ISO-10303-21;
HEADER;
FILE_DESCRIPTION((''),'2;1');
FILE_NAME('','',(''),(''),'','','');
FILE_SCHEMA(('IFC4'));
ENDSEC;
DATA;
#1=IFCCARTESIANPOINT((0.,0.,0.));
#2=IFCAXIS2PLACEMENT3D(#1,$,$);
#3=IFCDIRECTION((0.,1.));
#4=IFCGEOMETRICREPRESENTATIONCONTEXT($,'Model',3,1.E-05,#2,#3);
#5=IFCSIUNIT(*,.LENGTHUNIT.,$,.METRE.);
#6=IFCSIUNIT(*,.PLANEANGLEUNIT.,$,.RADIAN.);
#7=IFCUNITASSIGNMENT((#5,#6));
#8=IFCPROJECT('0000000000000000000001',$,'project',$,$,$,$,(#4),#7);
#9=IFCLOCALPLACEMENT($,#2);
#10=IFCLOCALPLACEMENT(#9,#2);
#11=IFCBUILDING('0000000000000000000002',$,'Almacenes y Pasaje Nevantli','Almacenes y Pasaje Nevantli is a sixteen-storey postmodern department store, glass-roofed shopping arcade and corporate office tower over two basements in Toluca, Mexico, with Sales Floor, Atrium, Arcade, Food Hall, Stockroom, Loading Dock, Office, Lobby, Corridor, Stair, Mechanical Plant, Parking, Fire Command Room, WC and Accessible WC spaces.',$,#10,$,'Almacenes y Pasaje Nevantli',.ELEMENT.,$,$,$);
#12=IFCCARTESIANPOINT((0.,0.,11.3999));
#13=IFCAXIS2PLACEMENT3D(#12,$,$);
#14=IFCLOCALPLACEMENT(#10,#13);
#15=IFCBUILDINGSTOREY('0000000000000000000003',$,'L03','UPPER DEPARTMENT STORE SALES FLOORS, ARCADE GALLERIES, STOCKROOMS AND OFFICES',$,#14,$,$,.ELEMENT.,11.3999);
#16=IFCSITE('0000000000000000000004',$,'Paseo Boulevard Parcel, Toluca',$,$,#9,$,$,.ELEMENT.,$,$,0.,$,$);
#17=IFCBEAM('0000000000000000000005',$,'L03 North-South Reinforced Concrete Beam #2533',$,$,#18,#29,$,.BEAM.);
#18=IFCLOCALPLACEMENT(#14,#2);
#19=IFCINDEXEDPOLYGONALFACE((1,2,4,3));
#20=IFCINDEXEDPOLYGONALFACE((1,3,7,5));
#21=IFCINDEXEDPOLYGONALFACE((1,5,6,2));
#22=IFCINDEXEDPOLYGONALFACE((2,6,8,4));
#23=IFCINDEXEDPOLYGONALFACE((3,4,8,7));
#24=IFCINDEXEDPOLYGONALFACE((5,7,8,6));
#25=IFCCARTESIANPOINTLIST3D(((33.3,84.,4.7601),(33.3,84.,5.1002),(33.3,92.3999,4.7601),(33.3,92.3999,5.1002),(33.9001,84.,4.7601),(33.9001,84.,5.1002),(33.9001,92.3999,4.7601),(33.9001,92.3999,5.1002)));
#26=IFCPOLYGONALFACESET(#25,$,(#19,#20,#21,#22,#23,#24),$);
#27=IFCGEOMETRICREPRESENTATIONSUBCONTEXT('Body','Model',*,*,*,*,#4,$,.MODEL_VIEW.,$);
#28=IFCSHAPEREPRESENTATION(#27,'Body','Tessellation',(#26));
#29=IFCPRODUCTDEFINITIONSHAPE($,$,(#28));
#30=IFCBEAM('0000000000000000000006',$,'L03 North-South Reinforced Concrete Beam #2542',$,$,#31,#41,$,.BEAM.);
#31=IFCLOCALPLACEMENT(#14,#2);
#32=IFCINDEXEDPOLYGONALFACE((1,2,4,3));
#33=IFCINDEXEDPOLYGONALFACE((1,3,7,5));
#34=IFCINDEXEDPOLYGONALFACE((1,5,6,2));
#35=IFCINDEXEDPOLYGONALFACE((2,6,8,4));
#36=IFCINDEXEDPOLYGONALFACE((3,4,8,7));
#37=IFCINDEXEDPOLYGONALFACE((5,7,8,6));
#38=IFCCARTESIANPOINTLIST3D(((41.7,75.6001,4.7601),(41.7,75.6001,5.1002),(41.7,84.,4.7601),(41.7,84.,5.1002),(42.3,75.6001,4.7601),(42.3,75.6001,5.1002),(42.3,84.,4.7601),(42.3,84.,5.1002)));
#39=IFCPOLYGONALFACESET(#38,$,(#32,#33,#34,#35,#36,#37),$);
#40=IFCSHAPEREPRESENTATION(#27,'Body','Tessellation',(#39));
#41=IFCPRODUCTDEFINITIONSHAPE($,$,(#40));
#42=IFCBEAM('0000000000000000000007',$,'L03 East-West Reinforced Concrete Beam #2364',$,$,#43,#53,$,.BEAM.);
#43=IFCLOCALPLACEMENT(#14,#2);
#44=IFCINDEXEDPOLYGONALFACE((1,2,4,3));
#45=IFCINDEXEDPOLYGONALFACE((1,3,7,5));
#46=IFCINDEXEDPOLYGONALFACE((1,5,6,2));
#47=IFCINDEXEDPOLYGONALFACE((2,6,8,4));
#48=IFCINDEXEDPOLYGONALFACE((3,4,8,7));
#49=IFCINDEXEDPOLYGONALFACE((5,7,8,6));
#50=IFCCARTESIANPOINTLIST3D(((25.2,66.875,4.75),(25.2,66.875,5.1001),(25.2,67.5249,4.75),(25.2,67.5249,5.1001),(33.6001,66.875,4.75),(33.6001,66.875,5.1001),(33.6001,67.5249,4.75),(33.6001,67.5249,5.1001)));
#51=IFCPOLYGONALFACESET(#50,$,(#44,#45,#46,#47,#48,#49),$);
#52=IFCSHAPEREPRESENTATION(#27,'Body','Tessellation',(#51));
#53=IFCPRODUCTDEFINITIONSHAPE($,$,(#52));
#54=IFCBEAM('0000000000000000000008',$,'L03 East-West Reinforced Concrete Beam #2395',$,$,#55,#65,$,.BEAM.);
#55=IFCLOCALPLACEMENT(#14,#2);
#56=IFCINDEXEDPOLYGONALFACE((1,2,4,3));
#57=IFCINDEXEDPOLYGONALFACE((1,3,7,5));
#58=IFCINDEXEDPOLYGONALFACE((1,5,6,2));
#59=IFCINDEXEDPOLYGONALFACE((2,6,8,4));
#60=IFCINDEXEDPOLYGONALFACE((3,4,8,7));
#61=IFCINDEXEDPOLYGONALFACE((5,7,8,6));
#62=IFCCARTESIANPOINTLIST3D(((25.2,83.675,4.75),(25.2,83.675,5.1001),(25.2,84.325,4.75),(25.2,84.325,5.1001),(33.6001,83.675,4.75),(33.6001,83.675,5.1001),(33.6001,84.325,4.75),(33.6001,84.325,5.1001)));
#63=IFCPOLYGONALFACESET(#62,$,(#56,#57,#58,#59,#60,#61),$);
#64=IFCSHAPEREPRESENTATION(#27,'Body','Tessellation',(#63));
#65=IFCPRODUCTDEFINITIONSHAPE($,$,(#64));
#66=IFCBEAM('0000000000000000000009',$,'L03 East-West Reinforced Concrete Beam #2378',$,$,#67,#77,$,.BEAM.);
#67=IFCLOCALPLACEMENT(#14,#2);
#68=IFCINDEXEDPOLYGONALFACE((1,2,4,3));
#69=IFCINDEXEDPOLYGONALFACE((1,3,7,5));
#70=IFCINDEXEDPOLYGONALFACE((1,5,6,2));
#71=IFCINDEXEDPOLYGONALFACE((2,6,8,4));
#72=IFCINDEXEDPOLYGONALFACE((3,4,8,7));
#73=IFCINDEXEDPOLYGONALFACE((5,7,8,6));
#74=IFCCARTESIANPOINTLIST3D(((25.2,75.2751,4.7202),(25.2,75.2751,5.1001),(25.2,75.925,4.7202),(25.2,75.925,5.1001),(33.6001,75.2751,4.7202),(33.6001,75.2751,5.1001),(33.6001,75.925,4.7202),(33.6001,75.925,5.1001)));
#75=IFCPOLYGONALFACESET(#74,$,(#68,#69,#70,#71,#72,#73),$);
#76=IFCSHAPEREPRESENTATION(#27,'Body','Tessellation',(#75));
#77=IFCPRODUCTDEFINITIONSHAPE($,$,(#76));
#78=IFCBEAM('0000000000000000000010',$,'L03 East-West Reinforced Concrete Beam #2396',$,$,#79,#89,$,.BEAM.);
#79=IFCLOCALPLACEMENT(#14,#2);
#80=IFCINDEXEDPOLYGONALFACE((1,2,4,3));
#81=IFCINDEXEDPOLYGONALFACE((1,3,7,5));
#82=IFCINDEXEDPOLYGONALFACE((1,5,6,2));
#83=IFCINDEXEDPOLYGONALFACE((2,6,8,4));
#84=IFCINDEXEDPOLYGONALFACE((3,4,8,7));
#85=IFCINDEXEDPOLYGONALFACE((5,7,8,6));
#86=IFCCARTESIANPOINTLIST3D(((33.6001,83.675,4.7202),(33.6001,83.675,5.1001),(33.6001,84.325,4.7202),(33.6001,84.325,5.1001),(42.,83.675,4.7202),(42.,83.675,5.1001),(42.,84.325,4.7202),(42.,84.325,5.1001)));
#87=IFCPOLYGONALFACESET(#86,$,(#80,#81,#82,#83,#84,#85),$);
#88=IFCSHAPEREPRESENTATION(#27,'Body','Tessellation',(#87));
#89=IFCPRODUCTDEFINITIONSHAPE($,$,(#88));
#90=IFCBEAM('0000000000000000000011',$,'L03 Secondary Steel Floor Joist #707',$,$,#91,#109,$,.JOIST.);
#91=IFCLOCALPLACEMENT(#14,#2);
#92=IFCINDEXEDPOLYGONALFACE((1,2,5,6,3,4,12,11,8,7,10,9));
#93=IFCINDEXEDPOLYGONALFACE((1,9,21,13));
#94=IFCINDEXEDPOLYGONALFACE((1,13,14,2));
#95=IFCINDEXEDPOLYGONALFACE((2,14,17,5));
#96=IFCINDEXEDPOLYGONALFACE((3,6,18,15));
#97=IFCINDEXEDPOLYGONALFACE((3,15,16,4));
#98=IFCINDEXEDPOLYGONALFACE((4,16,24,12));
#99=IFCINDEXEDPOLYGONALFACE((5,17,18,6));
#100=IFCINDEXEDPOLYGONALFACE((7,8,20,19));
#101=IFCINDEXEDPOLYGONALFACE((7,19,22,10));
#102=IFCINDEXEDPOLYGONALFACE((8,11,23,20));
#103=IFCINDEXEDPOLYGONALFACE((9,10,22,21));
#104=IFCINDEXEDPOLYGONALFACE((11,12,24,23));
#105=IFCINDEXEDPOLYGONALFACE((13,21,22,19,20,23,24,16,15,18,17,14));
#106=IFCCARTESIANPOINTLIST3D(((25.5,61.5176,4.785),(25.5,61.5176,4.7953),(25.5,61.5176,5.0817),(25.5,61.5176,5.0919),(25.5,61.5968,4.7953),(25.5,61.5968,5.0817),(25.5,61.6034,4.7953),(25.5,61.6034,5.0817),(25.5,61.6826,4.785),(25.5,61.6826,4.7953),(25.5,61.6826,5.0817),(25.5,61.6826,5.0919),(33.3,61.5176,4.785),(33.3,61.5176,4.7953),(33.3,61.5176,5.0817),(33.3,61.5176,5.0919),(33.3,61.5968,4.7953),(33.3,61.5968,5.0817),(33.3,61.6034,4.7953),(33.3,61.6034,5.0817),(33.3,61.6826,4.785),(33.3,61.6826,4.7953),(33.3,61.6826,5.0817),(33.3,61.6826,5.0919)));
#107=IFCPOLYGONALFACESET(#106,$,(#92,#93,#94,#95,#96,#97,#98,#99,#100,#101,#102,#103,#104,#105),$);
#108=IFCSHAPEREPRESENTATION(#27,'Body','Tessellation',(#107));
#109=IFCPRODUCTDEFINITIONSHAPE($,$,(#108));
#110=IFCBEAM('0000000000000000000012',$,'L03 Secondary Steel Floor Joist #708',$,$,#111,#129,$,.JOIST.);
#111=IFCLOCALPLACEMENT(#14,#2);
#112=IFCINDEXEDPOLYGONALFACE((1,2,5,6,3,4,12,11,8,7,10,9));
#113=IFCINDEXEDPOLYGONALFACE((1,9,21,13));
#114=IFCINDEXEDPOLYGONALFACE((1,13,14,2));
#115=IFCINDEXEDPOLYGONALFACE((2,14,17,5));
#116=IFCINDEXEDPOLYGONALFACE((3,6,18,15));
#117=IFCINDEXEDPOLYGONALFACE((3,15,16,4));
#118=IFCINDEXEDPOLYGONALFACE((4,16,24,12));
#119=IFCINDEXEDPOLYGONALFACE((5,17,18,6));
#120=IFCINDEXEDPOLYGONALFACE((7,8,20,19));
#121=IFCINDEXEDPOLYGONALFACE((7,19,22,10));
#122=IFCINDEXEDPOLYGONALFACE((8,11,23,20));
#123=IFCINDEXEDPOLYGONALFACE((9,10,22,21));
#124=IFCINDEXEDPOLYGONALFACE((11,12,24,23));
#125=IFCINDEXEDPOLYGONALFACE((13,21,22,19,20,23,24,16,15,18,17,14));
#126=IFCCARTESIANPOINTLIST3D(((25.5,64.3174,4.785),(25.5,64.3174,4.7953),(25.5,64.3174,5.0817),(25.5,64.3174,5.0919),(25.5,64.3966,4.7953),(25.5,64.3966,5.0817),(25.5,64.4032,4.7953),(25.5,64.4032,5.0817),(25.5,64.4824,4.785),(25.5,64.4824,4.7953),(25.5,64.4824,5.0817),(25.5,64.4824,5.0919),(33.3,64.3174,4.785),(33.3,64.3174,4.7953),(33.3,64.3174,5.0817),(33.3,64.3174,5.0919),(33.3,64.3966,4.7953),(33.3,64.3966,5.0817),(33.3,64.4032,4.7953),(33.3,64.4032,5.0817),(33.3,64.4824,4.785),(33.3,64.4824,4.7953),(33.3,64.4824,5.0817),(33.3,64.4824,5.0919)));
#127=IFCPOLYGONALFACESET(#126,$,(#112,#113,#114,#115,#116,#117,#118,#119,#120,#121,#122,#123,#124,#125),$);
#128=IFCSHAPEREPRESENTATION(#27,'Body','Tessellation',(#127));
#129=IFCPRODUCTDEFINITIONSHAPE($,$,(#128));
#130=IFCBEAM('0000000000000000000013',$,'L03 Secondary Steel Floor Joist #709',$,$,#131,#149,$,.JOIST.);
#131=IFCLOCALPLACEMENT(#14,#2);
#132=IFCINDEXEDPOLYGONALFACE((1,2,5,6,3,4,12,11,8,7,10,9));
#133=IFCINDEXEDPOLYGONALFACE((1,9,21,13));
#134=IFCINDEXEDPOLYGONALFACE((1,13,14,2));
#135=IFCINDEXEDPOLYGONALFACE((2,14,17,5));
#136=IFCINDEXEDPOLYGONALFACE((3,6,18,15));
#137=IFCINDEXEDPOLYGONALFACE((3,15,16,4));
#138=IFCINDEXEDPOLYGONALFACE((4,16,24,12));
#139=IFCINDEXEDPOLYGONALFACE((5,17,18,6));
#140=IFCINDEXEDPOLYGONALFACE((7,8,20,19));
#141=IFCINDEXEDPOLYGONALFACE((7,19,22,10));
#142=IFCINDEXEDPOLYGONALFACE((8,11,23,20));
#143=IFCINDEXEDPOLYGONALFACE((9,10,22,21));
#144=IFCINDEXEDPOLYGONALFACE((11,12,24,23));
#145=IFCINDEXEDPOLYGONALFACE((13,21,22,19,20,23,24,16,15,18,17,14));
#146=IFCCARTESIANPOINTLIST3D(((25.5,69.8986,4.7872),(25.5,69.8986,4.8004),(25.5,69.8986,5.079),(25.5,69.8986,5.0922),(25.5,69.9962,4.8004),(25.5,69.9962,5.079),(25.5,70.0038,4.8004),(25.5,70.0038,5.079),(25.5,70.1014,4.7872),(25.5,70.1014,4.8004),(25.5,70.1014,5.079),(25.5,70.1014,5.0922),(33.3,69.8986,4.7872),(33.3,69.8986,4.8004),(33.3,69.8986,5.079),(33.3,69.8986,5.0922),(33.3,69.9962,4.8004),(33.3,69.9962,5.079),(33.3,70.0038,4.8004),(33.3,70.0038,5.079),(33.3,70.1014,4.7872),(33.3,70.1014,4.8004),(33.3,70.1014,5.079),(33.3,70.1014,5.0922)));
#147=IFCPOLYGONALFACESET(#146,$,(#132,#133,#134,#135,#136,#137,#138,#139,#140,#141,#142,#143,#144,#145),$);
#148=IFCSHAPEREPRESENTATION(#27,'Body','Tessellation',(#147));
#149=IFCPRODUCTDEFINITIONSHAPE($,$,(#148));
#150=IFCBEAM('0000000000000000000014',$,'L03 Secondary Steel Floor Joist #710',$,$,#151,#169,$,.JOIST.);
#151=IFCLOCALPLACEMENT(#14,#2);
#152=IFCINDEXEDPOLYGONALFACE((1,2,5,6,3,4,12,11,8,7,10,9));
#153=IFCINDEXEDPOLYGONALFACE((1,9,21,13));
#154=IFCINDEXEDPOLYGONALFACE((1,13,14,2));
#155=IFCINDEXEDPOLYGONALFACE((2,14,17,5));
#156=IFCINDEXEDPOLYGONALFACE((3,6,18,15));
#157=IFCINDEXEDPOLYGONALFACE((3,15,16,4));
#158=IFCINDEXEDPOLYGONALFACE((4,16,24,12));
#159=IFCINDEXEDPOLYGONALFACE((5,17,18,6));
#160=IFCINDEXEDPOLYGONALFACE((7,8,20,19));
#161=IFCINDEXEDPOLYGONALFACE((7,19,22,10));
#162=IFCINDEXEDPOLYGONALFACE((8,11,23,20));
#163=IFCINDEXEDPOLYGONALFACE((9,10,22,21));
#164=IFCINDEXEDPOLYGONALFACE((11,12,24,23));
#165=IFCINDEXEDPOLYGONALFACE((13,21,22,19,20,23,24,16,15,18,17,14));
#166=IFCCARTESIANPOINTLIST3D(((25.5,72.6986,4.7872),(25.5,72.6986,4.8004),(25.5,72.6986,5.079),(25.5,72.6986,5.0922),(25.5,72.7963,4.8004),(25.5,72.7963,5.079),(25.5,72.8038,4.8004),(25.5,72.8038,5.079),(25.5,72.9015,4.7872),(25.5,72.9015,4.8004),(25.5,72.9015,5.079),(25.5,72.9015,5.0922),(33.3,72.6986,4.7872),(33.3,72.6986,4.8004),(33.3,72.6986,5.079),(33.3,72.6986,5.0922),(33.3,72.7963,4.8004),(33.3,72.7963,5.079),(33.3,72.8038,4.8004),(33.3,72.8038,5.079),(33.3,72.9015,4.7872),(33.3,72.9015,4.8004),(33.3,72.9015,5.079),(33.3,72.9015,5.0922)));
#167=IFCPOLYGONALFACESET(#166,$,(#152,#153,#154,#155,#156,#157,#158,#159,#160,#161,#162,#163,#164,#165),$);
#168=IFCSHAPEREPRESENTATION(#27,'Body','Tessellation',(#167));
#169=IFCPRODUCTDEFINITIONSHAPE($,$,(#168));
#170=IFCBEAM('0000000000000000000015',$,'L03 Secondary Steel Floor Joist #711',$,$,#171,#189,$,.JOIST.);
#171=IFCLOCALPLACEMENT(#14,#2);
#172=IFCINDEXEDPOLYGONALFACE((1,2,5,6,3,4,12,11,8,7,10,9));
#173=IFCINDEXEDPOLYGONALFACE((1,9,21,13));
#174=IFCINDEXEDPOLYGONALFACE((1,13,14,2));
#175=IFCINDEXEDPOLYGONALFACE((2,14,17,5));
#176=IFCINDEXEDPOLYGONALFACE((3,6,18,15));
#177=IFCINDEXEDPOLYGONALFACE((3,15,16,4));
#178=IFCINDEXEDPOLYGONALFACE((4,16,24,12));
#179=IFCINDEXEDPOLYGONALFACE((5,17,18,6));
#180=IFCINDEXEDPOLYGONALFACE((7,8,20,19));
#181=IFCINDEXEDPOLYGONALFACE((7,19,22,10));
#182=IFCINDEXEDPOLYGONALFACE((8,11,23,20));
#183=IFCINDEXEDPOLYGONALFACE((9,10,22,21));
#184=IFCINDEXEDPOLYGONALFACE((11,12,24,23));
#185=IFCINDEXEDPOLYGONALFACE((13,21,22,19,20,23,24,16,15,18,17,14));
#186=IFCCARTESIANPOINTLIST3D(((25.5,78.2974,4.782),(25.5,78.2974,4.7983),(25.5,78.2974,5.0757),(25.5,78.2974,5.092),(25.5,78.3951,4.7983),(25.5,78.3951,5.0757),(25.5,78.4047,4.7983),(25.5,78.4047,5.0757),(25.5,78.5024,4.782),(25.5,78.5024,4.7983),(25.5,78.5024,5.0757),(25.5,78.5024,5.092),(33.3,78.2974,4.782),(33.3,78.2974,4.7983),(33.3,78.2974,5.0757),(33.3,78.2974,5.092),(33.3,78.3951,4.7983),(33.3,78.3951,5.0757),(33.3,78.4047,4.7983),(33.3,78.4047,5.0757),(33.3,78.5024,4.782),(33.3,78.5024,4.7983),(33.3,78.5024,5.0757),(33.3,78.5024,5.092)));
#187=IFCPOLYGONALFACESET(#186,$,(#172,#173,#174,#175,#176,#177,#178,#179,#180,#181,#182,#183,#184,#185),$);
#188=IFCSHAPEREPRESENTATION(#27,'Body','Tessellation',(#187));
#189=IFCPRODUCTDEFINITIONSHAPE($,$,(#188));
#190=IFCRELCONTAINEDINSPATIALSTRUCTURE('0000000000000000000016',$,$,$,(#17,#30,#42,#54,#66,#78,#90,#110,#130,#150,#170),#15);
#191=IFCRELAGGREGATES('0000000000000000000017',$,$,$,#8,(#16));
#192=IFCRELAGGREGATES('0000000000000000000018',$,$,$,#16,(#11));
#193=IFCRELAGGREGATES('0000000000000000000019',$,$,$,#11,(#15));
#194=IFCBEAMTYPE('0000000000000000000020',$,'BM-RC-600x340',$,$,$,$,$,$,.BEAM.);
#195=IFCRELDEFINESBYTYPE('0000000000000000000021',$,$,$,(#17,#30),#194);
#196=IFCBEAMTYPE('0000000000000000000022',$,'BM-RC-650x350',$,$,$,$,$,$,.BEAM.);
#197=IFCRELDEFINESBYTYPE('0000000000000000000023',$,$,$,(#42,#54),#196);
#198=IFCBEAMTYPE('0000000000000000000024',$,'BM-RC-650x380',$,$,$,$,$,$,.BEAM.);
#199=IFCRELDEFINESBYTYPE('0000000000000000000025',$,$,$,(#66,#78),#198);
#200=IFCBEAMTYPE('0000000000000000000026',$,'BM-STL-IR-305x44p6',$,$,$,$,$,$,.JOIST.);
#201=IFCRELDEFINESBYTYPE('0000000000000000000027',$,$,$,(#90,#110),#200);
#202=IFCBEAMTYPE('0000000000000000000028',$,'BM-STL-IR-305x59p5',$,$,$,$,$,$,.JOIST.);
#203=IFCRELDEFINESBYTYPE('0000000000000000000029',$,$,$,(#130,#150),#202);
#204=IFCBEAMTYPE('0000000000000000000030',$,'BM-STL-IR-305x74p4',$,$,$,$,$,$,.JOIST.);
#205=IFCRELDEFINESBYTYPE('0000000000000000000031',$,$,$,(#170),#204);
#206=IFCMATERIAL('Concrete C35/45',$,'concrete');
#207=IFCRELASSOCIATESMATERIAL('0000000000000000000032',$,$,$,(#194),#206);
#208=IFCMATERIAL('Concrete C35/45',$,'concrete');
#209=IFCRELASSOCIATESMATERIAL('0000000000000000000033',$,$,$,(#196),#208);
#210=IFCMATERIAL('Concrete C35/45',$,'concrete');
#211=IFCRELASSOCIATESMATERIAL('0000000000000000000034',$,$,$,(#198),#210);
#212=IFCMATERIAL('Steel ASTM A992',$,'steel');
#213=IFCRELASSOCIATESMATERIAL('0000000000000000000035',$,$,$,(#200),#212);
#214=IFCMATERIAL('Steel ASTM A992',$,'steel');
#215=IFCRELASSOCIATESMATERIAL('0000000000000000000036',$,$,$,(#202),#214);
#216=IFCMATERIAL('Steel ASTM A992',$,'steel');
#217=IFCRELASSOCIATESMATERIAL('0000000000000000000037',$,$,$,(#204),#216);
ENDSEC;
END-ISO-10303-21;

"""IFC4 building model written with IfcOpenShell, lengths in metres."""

from ifc_helpers import new_model, si_unit, direction, frame, origin, origin_2d, place, context, subcontext, project, spatial, rectangle, i_section, extrude, material, material_profile, profile_set, type_object, element, save


model = new_model("IFC4")

# Units and contexts
model_context = context("Model", 3, precision=1e-05, world=origin(), true_north=direction((0.0, 1.0)))
body_context = subcontext(model_context, "Body", "Model", "MODEL_VIEW")
ifc_project = project(units=[si_unit("LENGTHUNIT", "METRE"), si_unit("PLANEANGLEUNIT", "RADIAN")], contexts=[model_context])

# Site, building, storey
site_placement = place(None, origin())
site = spatial("IfcSite", under=ifc_project, at=site_placement, Name="Paseo Boulevard Parcel, Toluca", CompositionType="ELEMENT", RefElevation=0.0)
building_placement = place(site_placement, origin())
building = spatial("IfcBuilding", under=site, at=building_placement, Name="Almacenes y Pasaje Nevantli", Description="Almacenes y Pasaje Nevantli is a sixteen-storey postmodern department store, glass-roofed shopping arcade and corporate office tower over two basements in Toluca, Mexico, with Sales Floor, Atrium, Arcade, Food Hall, Stockroom, Loading Dock, Office, Lobby, Corridor, Stair, Mechanical Plant, Parking, Fire Command Room, WC and Accessible WC spaces.", LongName="Almacenes y Pasaje Nevantli", CompositionType="ELEMENT")
storey_placement = place(building_placement, frame((0.0, 0.0, 11.3999)))
storey = spatial("IfcBuildingStorey", under=building, at=storey_placement, Name="L03", Description="UPPER DEPARTMENT STORE SALES FLOORS, ARCADE GALLERIES, STOCKROOMS AND OFFICES", CompositionType="ELEMENT", Elevation=11.3999)

# Beams
ifc_material_1 = material(Name="Concrete C35/45", Category="concrete")
ifc_material_profile_1 = material_profile(ifc_material_1, rectangle(XDim=0.6001, YDim=0.3401, at=origin_2d()), Name="RC-BM-600x340")
ifc_profile_set_1 = profile_set([ifc_material_profile_1], Name="Concrete C35/45")
beam_type_1 = type_object("IfcBeamType", Name="BM-RC-600x340", PredefinedType="BEAM", material=ifc_profile_set_1)
for number, where, z_axis, x_axis, name in (
    (1, (33.6001, 84.0, 4.9302), (0.0, 1.0, 0.0), (-1.0, 0.0, 0.0), "L03 North-South Reinforced Concrete Beam #2533"),
    (2, (42.0, 75.6001, 4.9302), (0.0, 1.0, 0.0), (-1.0, 0.0, 0.0), "L03 North-South Reinforced Concrete Beam #2542"),
):
    element("IfcBeam", number, at=place(storey_placement, frame(where, z_axis=z_axis, x_axis=x_axis)), inside=storey, type_object=beam_type_1, Name=name, PredefinedType="BEAM", context=body_context, shape_type="SweptSolid", body=[
        extrude(rectangle(XDim=0.6001, YDim=0.3401, at=origin_2d()), origin(), (0.0, 0.0, 1.0), 8.3999),
    ])
ifc_material_2 = material(Name="Concrete C35/45", Category="concrete")
ifc_material_profile_2 = material_profile(ifc_material_2, rectangle(XDim=0.6499, YDim=0.3501, at=origin_2d()), Name="RC-BM-650x350")
ifc_profile_set_2 = profile_set([ifc_material_profile_2], Name="Concrete C35/45")
beam_type_2 = type_object("IfcBeamType", Name="BM-RC-650x350", PredefinedType="BEAM", material=ifc_profile_set_2)
for number, where, z_axis, x_axis, name in (
    (3, (25.2, 67.2, 4.925), (1.0, 0.0, 0.0), (0.0, 1.0, 0.0), "L03 East-West Reinforced Concrete Beam #2364"),
    (4, (25.2, 84.0, 4.925), (1.0, 0.0, 0.0), (0.0, 1.0, 0.0), "L03 East-West Reinforced Concrete Beam #2395"),
):
    element("IfcBeam", number, at=place(storey_placement, frame(where, z_axis=z_axis, x_axis=x_axis)), inside=storey, type_object=beam_type_2, Name=name, PredefinedType="BEAM", context=body_context, shape_type="SweptSolid", body=[
        extrude(rectangle(XDim=0.6499, YDim=0.3501, at=origin_2d()), origin(), (0.0, 0.0, 1.0), 8.4001),
    ])
ifc_material_3 = material(Name="Concrete C35/45", Category="concrete")
ifc_material_profile_3 = material_profile(ifc_material_3, rectangle(XDim=0.6499, YDim=0.3799, at=origin_2d()), Name="RC-BM-650x380")
ifc_profile_set_3 = profile_set([ifc_material_profile_3], Name="Concrete C35/45")
beam_type_3 = type_object("IfcBeamType", Name="BM-RC-650x380", PredefinedType="BEAM", material=ifc_profile_set_3)
beam_1_placement = place(storey_placement, frame((25.2, 75.6001, 4.9102), z_axis=(1.0, 0.0, 0.0), x_axis=(0.0, 1.0, 0.0)))
element("IfcBeam", 5, at=beam_1_placement, inside=storey, type_object=beam_type_3, Name="L03 East-West Reinforced Concrete Beam #2378", PredefinedType="BEAM", context=body_context, shape_type="SweptSolid", body=[
    extrude(rectangle(XDim=0.6499, YDim=0.3799, at=origin_2d()), origin(), (0.0, 0.0, 1.0), 8.4001),
])
beam_2_placement = place(storey_placement, frame((33.6001, 84.0, 4.9102), z_axis=(1.0, 0.0, 0.0), x_axis=(0.0, 1.0, 0.0)))
element("IfcBeam", 6, at=beam_2_placement, inside=storey, type_object=beam_type_3, Name="L03 East-West Reinforced Concrete Beam #2396", PredefinedType="BEAM", context=body_context, shape_type="SweptSolid", body=[
    extrude(rectangle(XDim=0.6499, YDim=0.3799, at=origin_2d()), origin(), (0.0, 0.0, 1.0), 8.3999),
])
ifc_material_4 = material(Name="Steel ASTM A992", Category="steel")
ifc_material_profile_4 = material_profile(ifc_material_4, i_section(OverallWidth=0.165, OverallDepth=0.3069, WebThickness=0.0066, FlangeThickness=0.0103, at=origin_2d()), Name="IR 305x44.6")
ifc_profile_set_4 = profile_set([ifc_material_profile_4], Name="Steel ASTM A992")
beam_type_4 = type_object("IfcBeamType", Name="BM-STL-IR-305x44p6", PredefinedType="JOIST", material=ifc_profile_set_4)
for number, where, z_axis, x_axis, name in (
    (7, (25.5, 61.6001, 4.9385), (1.0, 0.0, 0.0), (0.0, 1.0, 0.0), "L03 Secondary Steel Floor Joist #707"),
    (8, (25.5, 64.3999, 4.9385), (1.0, 0.0, 0.0), (0.0, 1.0, 0.0), "L03 Secondary Steel Floor Joist #708"),
):
    element("IfcBeam", number, at=place(storey_placement, frame(where, z_axis=z_axis, x_axis=x_axis)), inside=storey, type_object=beam_type_4, Name=name, PredefinedType="JOIST", context=body_context, shape_type="SweptSolid", body=[
        extrude(i_section(OverallWidth=0.165, OverallDepth=0.3069, WebThickness=0.0066, FlangeThickness=0.0103, at=origin_2d()), origin(), (0.0, 0.0, 1.0), 7.8),
    ])
ifc_material_5 = material(Name="Steel ASTM A992", Category="steel")
ifc_material_profile_5 = material_profile(ifc_material_5, i_section(OverallWidth=0.2029, OverallDepth=0.3049, WebThickness=0.0076, FlangeThickness=0.0132, at=origin_2d()), Name="IR 305x59.5")
ifc_profile_set_5 = profile_set([ifc_material_profile_5], Name="Steel ASTM A992")
beam_type_5 = type_object("IfcBeamType", Name="BM-STL-IR-305x59p5", PredefinedType="JOIST", material=ifc_profile_set_5)
for number, where, z_axis, x_axis, name in (
    (9, (25.5, 70.0, 4.9397), (1.0, 0.0, 0.0), (0.0, 1.0, 0.0), "L03 Secondary Steel Floor Joist #709"),
    (10, (25.5, 72.8, 4.9397), (1.0, 0.0, 0.0), (0.0, 1.0, 0.0), "L03 Secondary Steel Floor Joist #710"),
):
    element("IfcBeam", number, at=place(storey_placement, frame(where, z_axis=z_axis, x_axis=x_axis)), inside=storey, type_object=beam_type_5, Name=name, PredefinedType="JOIST", context=body_context, shape_type="SweptSolid", body=[
        extrude(i_section(OverallWidth=0.2029, OverallDepth=0.3049, WebThickness=0.0076, FlangeThickness=0.0132, at=origin_2d()), origin(), (0.0, 0.0, 1.0), 7.8),
    ])
ifc_material_6 = material(Name="Steel ASTM A992", Category="steel")
ifc_material_profile_6 = material_profile(ifc_material_6, i_section(OverallWidth=0.2051, OverallDepth=0.3101, WebThickness=0.0095, FlangeThickness=0.0164, at=origin_2d()), Name="IR 305x74.4")
ifc_profile_set_6 = profile_set([ifc_material_profile_6], Name="Steel ASTM A992")
beam_type_6 = type_object("IfcBeamType", Name="BM-STL-IR-305x74p4", PredefinedType="JOIST", material=ifc_profile_set_6)
for number, where, z_axis, x_axis, name in (
    (11, (25.5, 78.3999, 4.937), (1.0, 0.0, 0.0), (0.0, 1.0, 0.0), "L03 Secondary Steel Floor Joist #711"),
):
    element("IfcBeam", number, at=place(storey_placement, frame(where, z_axis=z_axis, x_axis=x_axis)), inside=storey, type_object=beam_type_6, Name=name, PredefinedType="JOIST", context=body_context, shape_type="SweptSolid", body=[
        extrude(i_section(OverallWidth=0.2051, OverallDepth=0.3101, WebThickness=0.0095, FlangeThickness=0.0164, at=origin_2d()), origin(), (0.0, 0.0, 1.0), 7.8),
    ])

save(model, "model.ifc")
